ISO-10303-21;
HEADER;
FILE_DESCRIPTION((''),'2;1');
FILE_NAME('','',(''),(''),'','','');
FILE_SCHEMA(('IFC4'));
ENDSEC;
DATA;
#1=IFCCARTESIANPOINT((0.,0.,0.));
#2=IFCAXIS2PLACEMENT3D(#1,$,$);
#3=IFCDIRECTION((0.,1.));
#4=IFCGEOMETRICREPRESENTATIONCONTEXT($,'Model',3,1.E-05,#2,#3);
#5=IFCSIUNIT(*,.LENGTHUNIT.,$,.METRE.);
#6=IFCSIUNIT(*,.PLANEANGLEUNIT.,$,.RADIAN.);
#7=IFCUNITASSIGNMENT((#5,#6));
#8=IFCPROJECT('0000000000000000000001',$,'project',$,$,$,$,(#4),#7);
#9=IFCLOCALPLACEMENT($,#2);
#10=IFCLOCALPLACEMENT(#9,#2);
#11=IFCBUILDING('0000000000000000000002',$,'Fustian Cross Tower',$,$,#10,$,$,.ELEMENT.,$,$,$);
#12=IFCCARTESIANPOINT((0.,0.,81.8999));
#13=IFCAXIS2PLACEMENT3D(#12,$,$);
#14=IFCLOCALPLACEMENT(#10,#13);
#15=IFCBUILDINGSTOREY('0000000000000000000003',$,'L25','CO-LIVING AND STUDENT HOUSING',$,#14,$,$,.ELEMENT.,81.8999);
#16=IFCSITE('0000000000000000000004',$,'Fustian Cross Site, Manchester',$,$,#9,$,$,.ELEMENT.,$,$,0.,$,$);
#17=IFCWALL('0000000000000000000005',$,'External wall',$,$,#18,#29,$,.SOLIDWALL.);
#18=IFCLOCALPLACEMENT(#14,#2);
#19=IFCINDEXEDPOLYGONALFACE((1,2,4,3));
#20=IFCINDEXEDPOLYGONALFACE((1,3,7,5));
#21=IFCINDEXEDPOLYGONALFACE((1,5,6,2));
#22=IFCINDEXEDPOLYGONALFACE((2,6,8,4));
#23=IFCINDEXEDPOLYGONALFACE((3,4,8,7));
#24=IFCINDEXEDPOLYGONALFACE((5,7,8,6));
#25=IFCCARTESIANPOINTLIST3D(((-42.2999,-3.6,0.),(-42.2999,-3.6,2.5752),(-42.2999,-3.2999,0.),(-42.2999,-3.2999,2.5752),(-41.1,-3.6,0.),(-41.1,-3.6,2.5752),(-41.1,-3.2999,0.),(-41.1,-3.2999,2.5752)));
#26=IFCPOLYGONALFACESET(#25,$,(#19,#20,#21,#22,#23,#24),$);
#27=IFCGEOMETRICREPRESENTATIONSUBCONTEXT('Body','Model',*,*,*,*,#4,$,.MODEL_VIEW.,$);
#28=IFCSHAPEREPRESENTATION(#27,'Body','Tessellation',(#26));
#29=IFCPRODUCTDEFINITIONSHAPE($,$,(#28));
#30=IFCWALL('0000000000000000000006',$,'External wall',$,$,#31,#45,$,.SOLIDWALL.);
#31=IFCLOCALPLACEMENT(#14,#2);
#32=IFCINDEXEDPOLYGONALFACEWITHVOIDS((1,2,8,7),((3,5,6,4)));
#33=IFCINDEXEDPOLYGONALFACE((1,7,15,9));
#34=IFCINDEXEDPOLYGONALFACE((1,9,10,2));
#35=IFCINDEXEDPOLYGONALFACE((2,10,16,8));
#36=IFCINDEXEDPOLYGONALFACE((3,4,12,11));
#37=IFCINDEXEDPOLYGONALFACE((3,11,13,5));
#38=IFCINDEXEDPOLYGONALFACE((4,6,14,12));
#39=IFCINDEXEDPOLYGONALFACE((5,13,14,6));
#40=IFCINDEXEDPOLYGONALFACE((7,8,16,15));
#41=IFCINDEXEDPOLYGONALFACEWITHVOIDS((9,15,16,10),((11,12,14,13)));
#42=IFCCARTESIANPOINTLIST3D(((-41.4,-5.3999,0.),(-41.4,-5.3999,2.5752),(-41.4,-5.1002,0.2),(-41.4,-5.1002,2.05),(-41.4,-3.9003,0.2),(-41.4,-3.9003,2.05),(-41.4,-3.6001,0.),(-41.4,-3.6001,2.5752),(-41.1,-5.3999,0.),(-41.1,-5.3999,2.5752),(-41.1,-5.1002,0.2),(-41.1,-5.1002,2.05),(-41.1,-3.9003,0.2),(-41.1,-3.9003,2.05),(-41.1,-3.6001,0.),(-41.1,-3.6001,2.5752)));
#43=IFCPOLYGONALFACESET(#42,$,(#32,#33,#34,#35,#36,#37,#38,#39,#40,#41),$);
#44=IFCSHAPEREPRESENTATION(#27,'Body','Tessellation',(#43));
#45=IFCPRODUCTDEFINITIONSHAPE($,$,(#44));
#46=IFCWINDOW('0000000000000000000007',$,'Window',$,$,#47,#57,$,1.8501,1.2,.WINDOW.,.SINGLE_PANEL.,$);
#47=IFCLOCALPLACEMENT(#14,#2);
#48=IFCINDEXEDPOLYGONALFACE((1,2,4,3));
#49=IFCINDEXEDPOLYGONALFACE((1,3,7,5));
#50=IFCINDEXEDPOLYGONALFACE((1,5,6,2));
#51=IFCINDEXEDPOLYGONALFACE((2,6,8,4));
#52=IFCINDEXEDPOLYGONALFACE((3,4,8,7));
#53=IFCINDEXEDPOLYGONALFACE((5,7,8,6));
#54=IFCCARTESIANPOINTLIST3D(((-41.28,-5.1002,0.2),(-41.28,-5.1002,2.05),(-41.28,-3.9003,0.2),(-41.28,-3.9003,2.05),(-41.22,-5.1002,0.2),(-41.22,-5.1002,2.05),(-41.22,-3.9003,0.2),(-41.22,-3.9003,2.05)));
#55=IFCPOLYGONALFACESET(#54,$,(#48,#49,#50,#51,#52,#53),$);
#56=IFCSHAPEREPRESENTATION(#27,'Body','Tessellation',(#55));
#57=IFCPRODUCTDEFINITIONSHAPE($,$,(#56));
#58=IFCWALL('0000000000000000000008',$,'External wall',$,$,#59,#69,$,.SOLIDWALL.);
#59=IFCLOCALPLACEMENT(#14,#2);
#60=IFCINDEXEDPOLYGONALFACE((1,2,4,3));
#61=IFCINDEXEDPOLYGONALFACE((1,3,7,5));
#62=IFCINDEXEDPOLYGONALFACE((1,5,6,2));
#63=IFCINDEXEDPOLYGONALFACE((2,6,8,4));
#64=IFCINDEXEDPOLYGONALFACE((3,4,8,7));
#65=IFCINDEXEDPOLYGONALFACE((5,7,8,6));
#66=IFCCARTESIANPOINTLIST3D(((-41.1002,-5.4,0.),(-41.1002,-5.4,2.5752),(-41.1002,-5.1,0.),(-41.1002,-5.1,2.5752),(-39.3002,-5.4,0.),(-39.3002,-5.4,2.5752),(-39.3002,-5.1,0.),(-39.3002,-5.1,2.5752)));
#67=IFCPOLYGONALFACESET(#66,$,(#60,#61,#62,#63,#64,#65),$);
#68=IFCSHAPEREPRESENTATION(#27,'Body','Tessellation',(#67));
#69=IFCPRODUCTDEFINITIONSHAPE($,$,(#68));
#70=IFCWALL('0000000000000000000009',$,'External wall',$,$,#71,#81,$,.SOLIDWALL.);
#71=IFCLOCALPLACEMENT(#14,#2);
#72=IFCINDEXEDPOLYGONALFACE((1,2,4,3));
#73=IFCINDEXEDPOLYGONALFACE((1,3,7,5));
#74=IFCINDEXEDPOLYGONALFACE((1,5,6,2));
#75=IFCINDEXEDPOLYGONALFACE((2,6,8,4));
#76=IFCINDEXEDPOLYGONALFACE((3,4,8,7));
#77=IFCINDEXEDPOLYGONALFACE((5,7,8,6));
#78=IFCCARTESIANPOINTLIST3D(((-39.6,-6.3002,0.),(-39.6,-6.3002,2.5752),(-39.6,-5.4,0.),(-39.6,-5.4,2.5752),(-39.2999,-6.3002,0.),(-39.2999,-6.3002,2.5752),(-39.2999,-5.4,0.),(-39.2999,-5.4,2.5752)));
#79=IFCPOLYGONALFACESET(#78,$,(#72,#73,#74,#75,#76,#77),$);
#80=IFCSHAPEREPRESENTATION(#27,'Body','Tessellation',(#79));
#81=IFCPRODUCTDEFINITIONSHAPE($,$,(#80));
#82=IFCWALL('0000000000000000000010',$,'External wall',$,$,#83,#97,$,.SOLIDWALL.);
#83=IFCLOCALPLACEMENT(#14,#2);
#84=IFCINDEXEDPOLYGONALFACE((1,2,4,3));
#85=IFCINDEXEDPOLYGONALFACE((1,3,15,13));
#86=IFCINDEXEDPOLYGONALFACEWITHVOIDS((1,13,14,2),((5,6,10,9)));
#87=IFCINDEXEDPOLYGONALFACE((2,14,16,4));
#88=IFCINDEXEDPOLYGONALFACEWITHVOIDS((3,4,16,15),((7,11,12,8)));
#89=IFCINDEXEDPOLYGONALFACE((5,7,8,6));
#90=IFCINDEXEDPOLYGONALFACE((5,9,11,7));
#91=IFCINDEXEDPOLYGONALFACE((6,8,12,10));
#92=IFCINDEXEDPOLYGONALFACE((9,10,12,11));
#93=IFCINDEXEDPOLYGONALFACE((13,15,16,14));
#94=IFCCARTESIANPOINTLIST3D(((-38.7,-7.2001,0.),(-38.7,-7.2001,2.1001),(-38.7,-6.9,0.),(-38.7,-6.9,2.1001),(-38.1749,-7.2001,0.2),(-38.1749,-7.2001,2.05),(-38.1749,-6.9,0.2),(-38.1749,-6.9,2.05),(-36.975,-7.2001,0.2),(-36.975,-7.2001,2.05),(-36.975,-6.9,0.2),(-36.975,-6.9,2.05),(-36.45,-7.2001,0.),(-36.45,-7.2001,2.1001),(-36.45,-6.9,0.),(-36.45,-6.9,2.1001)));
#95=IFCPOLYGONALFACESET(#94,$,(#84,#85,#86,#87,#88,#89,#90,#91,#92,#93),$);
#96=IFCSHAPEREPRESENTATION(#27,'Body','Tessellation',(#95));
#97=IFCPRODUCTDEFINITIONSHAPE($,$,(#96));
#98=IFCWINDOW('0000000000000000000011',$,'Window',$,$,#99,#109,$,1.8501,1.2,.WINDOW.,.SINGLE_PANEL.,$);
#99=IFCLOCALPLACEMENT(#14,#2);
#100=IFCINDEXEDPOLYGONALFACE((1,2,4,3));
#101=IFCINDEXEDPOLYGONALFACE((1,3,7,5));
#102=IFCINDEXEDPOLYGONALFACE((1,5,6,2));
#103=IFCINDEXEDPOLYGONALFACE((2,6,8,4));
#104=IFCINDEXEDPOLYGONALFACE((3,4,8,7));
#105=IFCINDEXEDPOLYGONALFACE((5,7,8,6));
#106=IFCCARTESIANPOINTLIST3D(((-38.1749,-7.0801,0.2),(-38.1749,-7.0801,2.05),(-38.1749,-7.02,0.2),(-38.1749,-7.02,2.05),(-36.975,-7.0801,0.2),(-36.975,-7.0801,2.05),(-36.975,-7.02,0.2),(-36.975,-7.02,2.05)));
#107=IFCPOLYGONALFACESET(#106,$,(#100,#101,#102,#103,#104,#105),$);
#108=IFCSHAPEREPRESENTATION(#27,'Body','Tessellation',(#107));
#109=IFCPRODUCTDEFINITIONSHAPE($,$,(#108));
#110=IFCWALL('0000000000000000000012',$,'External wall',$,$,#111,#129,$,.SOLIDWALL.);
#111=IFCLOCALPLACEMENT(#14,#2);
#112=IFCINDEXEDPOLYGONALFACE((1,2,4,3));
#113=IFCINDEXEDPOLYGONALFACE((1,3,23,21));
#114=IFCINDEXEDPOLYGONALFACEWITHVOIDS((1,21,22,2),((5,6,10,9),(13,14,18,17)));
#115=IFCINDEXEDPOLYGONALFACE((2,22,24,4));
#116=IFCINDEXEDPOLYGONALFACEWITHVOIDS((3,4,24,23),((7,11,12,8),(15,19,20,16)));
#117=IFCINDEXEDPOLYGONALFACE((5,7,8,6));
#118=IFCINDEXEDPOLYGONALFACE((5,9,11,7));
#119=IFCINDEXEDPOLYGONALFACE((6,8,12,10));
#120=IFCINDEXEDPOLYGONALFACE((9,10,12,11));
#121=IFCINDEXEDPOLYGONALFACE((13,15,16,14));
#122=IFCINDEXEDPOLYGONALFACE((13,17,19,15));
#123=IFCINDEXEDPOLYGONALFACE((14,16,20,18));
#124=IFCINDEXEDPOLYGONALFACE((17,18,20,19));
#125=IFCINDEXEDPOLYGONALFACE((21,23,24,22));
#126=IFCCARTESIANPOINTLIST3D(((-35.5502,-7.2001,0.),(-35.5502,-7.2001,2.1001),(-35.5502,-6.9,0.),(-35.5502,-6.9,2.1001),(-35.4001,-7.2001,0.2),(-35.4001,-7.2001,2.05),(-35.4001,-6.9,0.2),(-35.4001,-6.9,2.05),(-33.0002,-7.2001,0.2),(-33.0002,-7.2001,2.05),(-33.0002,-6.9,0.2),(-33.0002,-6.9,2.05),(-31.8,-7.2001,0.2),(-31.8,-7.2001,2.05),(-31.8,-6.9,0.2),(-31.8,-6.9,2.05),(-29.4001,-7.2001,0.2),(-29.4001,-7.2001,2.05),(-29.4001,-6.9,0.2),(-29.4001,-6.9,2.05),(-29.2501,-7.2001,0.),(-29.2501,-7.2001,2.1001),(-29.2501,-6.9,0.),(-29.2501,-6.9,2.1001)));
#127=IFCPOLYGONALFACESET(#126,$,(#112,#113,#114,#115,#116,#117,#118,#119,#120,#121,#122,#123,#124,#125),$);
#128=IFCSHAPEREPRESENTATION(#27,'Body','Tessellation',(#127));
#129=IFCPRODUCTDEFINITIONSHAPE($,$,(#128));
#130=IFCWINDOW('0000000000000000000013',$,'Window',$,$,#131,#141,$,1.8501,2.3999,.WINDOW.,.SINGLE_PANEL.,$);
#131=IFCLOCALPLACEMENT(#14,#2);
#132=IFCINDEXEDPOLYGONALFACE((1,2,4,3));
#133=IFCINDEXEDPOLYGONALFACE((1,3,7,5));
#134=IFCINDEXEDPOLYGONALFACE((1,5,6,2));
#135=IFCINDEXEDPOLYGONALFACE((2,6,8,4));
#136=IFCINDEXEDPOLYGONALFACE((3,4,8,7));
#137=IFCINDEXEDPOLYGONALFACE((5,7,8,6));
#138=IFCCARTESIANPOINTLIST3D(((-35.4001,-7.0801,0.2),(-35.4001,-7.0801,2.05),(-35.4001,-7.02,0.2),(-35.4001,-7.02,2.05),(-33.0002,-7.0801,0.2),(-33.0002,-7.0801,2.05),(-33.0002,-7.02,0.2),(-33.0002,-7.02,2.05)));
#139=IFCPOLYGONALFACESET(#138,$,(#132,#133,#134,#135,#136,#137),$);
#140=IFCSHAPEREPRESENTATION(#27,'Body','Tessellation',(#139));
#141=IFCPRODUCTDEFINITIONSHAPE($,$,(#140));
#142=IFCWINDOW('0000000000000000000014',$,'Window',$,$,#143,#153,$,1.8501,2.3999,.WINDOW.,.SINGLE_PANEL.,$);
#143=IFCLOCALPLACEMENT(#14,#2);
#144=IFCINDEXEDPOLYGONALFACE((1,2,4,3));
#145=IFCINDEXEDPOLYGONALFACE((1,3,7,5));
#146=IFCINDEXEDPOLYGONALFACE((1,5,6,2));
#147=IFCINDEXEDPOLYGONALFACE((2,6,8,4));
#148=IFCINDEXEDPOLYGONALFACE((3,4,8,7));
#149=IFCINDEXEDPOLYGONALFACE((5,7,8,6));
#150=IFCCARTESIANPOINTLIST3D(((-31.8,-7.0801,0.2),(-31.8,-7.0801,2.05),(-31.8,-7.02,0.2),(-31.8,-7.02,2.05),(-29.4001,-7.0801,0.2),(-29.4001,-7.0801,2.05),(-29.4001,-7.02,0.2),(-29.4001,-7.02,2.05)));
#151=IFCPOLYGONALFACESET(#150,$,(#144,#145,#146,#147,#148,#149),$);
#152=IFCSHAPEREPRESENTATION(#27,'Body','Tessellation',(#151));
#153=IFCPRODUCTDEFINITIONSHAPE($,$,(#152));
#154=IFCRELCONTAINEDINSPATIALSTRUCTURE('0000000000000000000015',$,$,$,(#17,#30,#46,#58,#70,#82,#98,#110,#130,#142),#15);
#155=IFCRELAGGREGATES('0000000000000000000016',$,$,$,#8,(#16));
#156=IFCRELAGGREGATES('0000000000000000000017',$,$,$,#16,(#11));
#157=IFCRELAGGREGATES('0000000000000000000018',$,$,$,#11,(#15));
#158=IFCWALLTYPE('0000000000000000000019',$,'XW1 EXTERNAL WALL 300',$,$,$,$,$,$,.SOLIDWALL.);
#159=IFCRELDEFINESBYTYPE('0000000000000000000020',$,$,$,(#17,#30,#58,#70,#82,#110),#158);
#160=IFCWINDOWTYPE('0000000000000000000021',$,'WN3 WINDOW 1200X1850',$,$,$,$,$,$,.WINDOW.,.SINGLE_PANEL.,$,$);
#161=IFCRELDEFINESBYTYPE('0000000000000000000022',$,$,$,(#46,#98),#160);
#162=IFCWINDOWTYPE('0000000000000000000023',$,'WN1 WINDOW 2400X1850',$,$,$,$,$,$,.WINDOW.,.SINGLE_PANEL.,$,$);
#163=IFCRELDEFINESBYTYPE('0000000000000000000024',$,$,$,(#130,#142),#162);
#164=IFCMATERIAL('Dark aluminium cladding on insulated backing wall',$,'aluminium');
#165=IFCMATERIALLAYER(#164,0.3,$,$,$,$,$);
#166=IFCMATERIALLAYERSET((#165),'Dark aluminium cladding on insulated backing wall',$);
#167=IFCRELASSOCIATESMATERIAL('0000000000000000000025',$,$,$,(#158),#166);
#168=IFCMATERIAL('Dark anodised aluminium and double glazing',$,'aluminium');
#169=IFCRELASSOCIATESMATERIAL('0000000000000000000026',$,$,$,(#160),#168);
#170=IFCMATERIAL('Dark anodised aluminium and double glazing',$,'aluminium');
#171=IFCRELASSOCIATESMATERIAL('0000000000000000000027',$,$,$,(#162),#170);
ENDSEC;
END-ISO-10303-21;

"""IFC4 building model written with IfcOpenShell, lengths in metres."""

from ifc_helpers import new_model, si_unit, direction, frame, frame_2d, origin, place, context, subcontext, project, spatial, rectangle, extrude, material, layer, layer_set, type_object, element, fill, save


model = new_model("IFC4")

# Units and contexts
model_context = context("Model", 3, precision=1e-05, world=origin(), true_north=direction((0.0, 1.0)))
body_context = subcontext(model_context, "Body", "Model", "MODEL_VIEW")
ifc_project = project(units=[si_unit("LENGTHUNIT", "METRE"), si_unit("PLANEANGLEUNIT", "RADIAN")], contexts=[model_context])

# Site, building, storey
site_placement = place(None, origin())
site = spatial("IfcSite", under=ifc_project, at=site_placement, Name="Fustian Cross Site, Manchester", CompositionType="ELEMENT", RefElevation=0.0)
building_placement = place(site_placement, origin())
building = spatial("IfcBuilding", under=site, at=building_placement, Name="Fustian Cross Tower", CompositionType="ELEMENT")
storey_placement = place(building_placement, frame((0.0, 0.0, 81.8999)))
storey = spatial("IfcBuildingStorey", under=building, at=storey_placement, Name="L25", Description="CO-LIVING AND STUDENT HOUSING", CompositionType="ELEMENT", Elevation=81.8999)

# Wall
ifc_material_1 = material(Name="Dark aluminium cladding on insulated backing wall", Category="aluminium")
ifc_layer_1 = layer(ifc_material_1, 0.3)
ifc_layer_set_1 = layer_set([ifc_layer_1], Name="Dark aluminium cladding on insulated backing wall")
wall_type_1 = type_object("IfcWallType", Name="XW1 EXTERNAL WALL 300", PredefinedType="SOLIDWALL", material=ifc_layer_set_1)
wall_1_placement = place(storey_placement, frame((-42.3, -3.45, 0.0), z_axis=(0.0, 0.0, 1.0), x_axis=(1.0, 0.0, 0.0)))
element("IfcWall", 1, at=wall_1_placement, inside=storey, type_object=wall_type_1, Name="External wall", PredefinedType="SOLIDWALL", context=body_context, shape_type="SweptSolid", body=[
    extrude(rectangle(XDim=1.2, YDim=0.3, at=frame_2d((0.6001, 0.0))), origin(), (0.0, 0.0, 1.0), 2.5752),
])

# Wall, opening, window
wall_2_placement = place(storey_placement, frame((-41.25, -3.6001, 0.0), z_axis=(0.0, 0.0, 1.0), x_axis=(0.0, -1.0, 0.0)))
wall_2 = element("IfcWall", 2, at=wall_2_placement, inside=storey, type_object=wall_type_1, Name="External wall", PredefinedType="SOLIDWALL", context=body_context, shape_type="SweptSolid", body=[
    extrude(rectangle(XDim=1.7998, YDim=0.3, at=frame_2d((0.8999, 0.0))), origin(), (0.0, 0.0, 1.0), 2.5752),
])
opening_1_placement = place(wall_2_placement, frame((0.3, 0.0, 0.2)))
opening_1 = element("IfcOpeningElement", 3, at=opening_1_placement, cuts=wall_2, PredefinedType="OPENING", context=body_context, shape_type="SweptSolid", body=[
    extrude(rectangle(XDim=1.2, YDim=1.8501, at=frame_2d((0.6001, 0.925))), frame((0.0, 0.1599, 0.0), z_axis=(0.0, -1.0, 0.0), x_axis=(1.0, 0.0, 0.0)), (0.0, 0.0, 1.0), 0.3201),
])
ifc_material_2 = material(Name="Dark anodised aluminium and double glazing", Category="aluminium")
window_type_1 = type_object("IfcWindowType", Name="WN3 WINDOW 1200X1850", PartitioningType="SINGLE_PANEL", PredefinedType="WINDOW", material=ifc_material_2)
window_1_placement = place(opening_1_placement, origin())
window_1 = element("IfcWindow", 4, at=window_1_placement, inside=storey, type_object=window_type_1, Name="Window", OverallHeight=1.8501, OverallWidth=1.2, PartitioningType="SINGLE_PANEL", PredefinedType="WINDOW", context=body_context, shape_type="SweptSolid", body=[
    extrude(rectangle(XDim=1.2, YDim=1.8501, at=frame_2d((0.6001, 0.925))), frame((0.0, 0.03, 0.0), z_axis=(0.0, -1.0, 0.0), x_axis=(1.0, 0.0, 0.0)), (0.0, 0.0, 1.0), 0.0601),
])
fill(opening_1, window_1)

# Walls
wall_3_placement = place(storey_placement, frame((-41.1001, -5.25, 0.0), z_axis=(0.0, 0.0, 1.0), x_axis=(1.0, 0.0, 0.0)))
element("IfcWall", 5, at=wall_3_placement, inside=storey, type_object=wall_type_1, Name="External wall", PredefinedType="SOLIDWALL", context=body_context, shape_type="SweptSolid", body=[
    extrude(rectangle(XDim=1.8, YDim=0.3, at=frame_2d((0.8999, 0.0))), origin(), (0.0, 0.0, 1.0), 2.5752),
])
wall_4_placement = place(storey_placement, frame((-39.45, -5.3999, 0.0), z_axis=(0.0, 0.0, 1.0), x_axis=(0.0, -1.0, 0.0)))
element("IfcWall", 6, at=wall_4_placement, inside=storey, type_object=wall_type_1, Name="External wall", PredefinedType="SOLIDWALL", context=body_context, shape_type="SweptSolid", body=[
    extrude(rectangle(XDim=0.9001, YDim=0.3, at=frame_2d((0.4502, 0.0))), origin(), (0.0, 0.0, 1.0), 2.5752),
])

# Wall, opening, window
wall_5_placement = place(storey_placement, frame((-38.7, -7.05, 0.0), z_axis=(0.0, 0.0, 1.0), x_axis=(1.0, 0.0, 0.0)))
wall_5 = element("IfcWall", 7, at=wall_5_placement, inside=storey, type_object=wall_type_1, Name="External wall", PredefinedType="SOLIDWALL", context=body_context, shape_type="SweptSolid", body=[
    extrude(rectangle(XDim=2.25, YDim=0.3, at=frame_2d((1.125, 0.0))), origin(), (0.0, 0.0, 1.0), 2.1001),
])
opening_2_placement = place(wall_5_placement, frame((0.5249, 0.0, 0.2)))
opening_2 = element("IfcOpeningElement", 8, at=opening_2_placement, cuts=wall_5, PredefinedType="OPENING", context=body_context, shape_type="SweptSolid", body=[
    extrude(rectangle(XDim=1.2, YDim=1.8501, at=frame_2d((0.6001, 0.925))), frame((0.0, 0.1599, 0.0), z_axis=(0.0, -1.0, 0.0), x_axis=(1.0, 0.0, 0.0)), (0.0, 0.0, 1.0), 0.3201),
])
window_2_placement = place(opening_2_placement, origin())
window_2 = element("IfcWindow", 9, at=window_2_placement, inside=storey, type_object=window_type_1, Name="Window", OverallHeight=1.8501, OverallWidth=1.2, PartitioningType="SINGLE_PANEL", PredefinedType="WINDOW", context=body_context, shape_type="SweptSolid", body=[
    extrude(rectangle(XDim=1.2, YDim=1.8501, at=frame_2d((0.6001, 0.925))), frame((0.0, 0.03, 0.0), z_axis=(0.0, -1.0, 0.0), x_axis=(1.0, 0.0, 0.0)), (0.0, 0.0, 1.0), 0.0601),
])
fill(opening_2, window_2)

# Wall, openings, windows
wall_6_placement = place(storey_placement, frame((-35.55, -7.05, 0.0), z_axis=(0.0, 0.0, 1.0), x_axis=(1.0, 0.0, 0.0)))
wall_6 = element("IfcWall", 10, at=wall_6_placement, inside=storey, type_object=wall_type_1, Name="External wall", PredefinedType="SOLIDWALL", context=body_context, shape_type="SweptSolid", body=[
    extrude(rectangle(XDim=6.3, YDim=0.3, at=frame_2d((3.1499, 0.0))), origin(), (0.0, 0.0, 1.0), 2.1001),
])
opening_3_placement = place(wall_6_placement, frame((0.1499, 0.0, 0.2)))
opening_3 = element("IfcOpeningElement", 11, at=opening_3_placement, cuts=wall_6, PredefinedType="OPENING", context=body_context, shape_type="SweptSolid", body=[
    extrude(rectangle(XDim=2.3999, YDim=1.8501, at=frame_2d((1.2, 0.925))), frame((0.0, 0.1599, 0.0), z_axis=(0.0, -1.0, 0.0), x_axis=(1.0, 0.0, 0.0)), (0.0, 0.0, 1.0), 0.3201),
])
opening_4_placement = place(wall_6_placement, frame((3.75, 0.0, 0.2)))
opening_4 = element("IfcOpeningElement", 12, at=opening_4_placement, cuts=wall_6, PredefinedType="OPENING", context=body_context, shape_type="SweptSolid", body=[
    extrude(rectangle(XDim=2.3999, YDim=1.8501, at=frame_2d((1.2, 0.925))), frame((0.0, 0.1599, 0.0), z_axis=(0.0, -1.0, 0.0), x_axis=(1.0, 0.0, 0.0)), (0.0, 0.0, 1.0), 0.3201),
])
ifc_material_3 = material(Name="Dark anodised aluminium and double glazing", Category="aluminium")
window_type_2 = type_object("IfcWindowType", Name="WN1 WINDOW 2400X1850", PartitioningType="SINGLE_PANEL", PredefinedType="WINDOW", material=ifc_material_3)
window_3_placement = place(opening_3_placement, origin())
window_3 = element("IfcWindow", 13, at=window_3_placement, inside=storey, type_object=window_type_2, Name="Window", OverallHeight=1.8501, OverallWidth=2.3999, PartitioningType="SINGLE_PANEL", PredefinedType="WINDOW", context=body_context, shape_type="SweptSolid", body=[
    extrude(rectangle(XDim=2.3999, YDim=1.8501, at=frame_2d((1.2, 0.925))), frame((0.0, 0.03, 0.0), z_axis=(0.0, -1.0, 0.0), x_axis=(1.0, 0.0, 0.0)), (0.0, 0.0, 1.0), 0.0601),
])
fill(opening_3, window_3)
window_4_placement = place(opening_4_placement, origin())
window_4 = element("IfcWindow", 14, at=window_4_placement, inside=storey, type_object=window_type_2, Name="Window", OverallHeight=1.8501, OverallWidth=2.3999, PartitioningType="SINGLE_PANEL", PredefinedType="WINDOW", context=body_context, shape_type="SweptSolid", body=[
    extrude(rectangle(XDim=2.3999, YDim=1.8501, at=frame_2d((1.2, 0.925))), frame((0.0, 0.03, 0.0), z_axis=(0.0, -1.0, 0.0), x_axis=(1.0, 0.0, 0.0)), (0.0, 0.0, 1.0), 0.0601),
])
fill(opening_4, window_4)

save(model, "model.ifc")
